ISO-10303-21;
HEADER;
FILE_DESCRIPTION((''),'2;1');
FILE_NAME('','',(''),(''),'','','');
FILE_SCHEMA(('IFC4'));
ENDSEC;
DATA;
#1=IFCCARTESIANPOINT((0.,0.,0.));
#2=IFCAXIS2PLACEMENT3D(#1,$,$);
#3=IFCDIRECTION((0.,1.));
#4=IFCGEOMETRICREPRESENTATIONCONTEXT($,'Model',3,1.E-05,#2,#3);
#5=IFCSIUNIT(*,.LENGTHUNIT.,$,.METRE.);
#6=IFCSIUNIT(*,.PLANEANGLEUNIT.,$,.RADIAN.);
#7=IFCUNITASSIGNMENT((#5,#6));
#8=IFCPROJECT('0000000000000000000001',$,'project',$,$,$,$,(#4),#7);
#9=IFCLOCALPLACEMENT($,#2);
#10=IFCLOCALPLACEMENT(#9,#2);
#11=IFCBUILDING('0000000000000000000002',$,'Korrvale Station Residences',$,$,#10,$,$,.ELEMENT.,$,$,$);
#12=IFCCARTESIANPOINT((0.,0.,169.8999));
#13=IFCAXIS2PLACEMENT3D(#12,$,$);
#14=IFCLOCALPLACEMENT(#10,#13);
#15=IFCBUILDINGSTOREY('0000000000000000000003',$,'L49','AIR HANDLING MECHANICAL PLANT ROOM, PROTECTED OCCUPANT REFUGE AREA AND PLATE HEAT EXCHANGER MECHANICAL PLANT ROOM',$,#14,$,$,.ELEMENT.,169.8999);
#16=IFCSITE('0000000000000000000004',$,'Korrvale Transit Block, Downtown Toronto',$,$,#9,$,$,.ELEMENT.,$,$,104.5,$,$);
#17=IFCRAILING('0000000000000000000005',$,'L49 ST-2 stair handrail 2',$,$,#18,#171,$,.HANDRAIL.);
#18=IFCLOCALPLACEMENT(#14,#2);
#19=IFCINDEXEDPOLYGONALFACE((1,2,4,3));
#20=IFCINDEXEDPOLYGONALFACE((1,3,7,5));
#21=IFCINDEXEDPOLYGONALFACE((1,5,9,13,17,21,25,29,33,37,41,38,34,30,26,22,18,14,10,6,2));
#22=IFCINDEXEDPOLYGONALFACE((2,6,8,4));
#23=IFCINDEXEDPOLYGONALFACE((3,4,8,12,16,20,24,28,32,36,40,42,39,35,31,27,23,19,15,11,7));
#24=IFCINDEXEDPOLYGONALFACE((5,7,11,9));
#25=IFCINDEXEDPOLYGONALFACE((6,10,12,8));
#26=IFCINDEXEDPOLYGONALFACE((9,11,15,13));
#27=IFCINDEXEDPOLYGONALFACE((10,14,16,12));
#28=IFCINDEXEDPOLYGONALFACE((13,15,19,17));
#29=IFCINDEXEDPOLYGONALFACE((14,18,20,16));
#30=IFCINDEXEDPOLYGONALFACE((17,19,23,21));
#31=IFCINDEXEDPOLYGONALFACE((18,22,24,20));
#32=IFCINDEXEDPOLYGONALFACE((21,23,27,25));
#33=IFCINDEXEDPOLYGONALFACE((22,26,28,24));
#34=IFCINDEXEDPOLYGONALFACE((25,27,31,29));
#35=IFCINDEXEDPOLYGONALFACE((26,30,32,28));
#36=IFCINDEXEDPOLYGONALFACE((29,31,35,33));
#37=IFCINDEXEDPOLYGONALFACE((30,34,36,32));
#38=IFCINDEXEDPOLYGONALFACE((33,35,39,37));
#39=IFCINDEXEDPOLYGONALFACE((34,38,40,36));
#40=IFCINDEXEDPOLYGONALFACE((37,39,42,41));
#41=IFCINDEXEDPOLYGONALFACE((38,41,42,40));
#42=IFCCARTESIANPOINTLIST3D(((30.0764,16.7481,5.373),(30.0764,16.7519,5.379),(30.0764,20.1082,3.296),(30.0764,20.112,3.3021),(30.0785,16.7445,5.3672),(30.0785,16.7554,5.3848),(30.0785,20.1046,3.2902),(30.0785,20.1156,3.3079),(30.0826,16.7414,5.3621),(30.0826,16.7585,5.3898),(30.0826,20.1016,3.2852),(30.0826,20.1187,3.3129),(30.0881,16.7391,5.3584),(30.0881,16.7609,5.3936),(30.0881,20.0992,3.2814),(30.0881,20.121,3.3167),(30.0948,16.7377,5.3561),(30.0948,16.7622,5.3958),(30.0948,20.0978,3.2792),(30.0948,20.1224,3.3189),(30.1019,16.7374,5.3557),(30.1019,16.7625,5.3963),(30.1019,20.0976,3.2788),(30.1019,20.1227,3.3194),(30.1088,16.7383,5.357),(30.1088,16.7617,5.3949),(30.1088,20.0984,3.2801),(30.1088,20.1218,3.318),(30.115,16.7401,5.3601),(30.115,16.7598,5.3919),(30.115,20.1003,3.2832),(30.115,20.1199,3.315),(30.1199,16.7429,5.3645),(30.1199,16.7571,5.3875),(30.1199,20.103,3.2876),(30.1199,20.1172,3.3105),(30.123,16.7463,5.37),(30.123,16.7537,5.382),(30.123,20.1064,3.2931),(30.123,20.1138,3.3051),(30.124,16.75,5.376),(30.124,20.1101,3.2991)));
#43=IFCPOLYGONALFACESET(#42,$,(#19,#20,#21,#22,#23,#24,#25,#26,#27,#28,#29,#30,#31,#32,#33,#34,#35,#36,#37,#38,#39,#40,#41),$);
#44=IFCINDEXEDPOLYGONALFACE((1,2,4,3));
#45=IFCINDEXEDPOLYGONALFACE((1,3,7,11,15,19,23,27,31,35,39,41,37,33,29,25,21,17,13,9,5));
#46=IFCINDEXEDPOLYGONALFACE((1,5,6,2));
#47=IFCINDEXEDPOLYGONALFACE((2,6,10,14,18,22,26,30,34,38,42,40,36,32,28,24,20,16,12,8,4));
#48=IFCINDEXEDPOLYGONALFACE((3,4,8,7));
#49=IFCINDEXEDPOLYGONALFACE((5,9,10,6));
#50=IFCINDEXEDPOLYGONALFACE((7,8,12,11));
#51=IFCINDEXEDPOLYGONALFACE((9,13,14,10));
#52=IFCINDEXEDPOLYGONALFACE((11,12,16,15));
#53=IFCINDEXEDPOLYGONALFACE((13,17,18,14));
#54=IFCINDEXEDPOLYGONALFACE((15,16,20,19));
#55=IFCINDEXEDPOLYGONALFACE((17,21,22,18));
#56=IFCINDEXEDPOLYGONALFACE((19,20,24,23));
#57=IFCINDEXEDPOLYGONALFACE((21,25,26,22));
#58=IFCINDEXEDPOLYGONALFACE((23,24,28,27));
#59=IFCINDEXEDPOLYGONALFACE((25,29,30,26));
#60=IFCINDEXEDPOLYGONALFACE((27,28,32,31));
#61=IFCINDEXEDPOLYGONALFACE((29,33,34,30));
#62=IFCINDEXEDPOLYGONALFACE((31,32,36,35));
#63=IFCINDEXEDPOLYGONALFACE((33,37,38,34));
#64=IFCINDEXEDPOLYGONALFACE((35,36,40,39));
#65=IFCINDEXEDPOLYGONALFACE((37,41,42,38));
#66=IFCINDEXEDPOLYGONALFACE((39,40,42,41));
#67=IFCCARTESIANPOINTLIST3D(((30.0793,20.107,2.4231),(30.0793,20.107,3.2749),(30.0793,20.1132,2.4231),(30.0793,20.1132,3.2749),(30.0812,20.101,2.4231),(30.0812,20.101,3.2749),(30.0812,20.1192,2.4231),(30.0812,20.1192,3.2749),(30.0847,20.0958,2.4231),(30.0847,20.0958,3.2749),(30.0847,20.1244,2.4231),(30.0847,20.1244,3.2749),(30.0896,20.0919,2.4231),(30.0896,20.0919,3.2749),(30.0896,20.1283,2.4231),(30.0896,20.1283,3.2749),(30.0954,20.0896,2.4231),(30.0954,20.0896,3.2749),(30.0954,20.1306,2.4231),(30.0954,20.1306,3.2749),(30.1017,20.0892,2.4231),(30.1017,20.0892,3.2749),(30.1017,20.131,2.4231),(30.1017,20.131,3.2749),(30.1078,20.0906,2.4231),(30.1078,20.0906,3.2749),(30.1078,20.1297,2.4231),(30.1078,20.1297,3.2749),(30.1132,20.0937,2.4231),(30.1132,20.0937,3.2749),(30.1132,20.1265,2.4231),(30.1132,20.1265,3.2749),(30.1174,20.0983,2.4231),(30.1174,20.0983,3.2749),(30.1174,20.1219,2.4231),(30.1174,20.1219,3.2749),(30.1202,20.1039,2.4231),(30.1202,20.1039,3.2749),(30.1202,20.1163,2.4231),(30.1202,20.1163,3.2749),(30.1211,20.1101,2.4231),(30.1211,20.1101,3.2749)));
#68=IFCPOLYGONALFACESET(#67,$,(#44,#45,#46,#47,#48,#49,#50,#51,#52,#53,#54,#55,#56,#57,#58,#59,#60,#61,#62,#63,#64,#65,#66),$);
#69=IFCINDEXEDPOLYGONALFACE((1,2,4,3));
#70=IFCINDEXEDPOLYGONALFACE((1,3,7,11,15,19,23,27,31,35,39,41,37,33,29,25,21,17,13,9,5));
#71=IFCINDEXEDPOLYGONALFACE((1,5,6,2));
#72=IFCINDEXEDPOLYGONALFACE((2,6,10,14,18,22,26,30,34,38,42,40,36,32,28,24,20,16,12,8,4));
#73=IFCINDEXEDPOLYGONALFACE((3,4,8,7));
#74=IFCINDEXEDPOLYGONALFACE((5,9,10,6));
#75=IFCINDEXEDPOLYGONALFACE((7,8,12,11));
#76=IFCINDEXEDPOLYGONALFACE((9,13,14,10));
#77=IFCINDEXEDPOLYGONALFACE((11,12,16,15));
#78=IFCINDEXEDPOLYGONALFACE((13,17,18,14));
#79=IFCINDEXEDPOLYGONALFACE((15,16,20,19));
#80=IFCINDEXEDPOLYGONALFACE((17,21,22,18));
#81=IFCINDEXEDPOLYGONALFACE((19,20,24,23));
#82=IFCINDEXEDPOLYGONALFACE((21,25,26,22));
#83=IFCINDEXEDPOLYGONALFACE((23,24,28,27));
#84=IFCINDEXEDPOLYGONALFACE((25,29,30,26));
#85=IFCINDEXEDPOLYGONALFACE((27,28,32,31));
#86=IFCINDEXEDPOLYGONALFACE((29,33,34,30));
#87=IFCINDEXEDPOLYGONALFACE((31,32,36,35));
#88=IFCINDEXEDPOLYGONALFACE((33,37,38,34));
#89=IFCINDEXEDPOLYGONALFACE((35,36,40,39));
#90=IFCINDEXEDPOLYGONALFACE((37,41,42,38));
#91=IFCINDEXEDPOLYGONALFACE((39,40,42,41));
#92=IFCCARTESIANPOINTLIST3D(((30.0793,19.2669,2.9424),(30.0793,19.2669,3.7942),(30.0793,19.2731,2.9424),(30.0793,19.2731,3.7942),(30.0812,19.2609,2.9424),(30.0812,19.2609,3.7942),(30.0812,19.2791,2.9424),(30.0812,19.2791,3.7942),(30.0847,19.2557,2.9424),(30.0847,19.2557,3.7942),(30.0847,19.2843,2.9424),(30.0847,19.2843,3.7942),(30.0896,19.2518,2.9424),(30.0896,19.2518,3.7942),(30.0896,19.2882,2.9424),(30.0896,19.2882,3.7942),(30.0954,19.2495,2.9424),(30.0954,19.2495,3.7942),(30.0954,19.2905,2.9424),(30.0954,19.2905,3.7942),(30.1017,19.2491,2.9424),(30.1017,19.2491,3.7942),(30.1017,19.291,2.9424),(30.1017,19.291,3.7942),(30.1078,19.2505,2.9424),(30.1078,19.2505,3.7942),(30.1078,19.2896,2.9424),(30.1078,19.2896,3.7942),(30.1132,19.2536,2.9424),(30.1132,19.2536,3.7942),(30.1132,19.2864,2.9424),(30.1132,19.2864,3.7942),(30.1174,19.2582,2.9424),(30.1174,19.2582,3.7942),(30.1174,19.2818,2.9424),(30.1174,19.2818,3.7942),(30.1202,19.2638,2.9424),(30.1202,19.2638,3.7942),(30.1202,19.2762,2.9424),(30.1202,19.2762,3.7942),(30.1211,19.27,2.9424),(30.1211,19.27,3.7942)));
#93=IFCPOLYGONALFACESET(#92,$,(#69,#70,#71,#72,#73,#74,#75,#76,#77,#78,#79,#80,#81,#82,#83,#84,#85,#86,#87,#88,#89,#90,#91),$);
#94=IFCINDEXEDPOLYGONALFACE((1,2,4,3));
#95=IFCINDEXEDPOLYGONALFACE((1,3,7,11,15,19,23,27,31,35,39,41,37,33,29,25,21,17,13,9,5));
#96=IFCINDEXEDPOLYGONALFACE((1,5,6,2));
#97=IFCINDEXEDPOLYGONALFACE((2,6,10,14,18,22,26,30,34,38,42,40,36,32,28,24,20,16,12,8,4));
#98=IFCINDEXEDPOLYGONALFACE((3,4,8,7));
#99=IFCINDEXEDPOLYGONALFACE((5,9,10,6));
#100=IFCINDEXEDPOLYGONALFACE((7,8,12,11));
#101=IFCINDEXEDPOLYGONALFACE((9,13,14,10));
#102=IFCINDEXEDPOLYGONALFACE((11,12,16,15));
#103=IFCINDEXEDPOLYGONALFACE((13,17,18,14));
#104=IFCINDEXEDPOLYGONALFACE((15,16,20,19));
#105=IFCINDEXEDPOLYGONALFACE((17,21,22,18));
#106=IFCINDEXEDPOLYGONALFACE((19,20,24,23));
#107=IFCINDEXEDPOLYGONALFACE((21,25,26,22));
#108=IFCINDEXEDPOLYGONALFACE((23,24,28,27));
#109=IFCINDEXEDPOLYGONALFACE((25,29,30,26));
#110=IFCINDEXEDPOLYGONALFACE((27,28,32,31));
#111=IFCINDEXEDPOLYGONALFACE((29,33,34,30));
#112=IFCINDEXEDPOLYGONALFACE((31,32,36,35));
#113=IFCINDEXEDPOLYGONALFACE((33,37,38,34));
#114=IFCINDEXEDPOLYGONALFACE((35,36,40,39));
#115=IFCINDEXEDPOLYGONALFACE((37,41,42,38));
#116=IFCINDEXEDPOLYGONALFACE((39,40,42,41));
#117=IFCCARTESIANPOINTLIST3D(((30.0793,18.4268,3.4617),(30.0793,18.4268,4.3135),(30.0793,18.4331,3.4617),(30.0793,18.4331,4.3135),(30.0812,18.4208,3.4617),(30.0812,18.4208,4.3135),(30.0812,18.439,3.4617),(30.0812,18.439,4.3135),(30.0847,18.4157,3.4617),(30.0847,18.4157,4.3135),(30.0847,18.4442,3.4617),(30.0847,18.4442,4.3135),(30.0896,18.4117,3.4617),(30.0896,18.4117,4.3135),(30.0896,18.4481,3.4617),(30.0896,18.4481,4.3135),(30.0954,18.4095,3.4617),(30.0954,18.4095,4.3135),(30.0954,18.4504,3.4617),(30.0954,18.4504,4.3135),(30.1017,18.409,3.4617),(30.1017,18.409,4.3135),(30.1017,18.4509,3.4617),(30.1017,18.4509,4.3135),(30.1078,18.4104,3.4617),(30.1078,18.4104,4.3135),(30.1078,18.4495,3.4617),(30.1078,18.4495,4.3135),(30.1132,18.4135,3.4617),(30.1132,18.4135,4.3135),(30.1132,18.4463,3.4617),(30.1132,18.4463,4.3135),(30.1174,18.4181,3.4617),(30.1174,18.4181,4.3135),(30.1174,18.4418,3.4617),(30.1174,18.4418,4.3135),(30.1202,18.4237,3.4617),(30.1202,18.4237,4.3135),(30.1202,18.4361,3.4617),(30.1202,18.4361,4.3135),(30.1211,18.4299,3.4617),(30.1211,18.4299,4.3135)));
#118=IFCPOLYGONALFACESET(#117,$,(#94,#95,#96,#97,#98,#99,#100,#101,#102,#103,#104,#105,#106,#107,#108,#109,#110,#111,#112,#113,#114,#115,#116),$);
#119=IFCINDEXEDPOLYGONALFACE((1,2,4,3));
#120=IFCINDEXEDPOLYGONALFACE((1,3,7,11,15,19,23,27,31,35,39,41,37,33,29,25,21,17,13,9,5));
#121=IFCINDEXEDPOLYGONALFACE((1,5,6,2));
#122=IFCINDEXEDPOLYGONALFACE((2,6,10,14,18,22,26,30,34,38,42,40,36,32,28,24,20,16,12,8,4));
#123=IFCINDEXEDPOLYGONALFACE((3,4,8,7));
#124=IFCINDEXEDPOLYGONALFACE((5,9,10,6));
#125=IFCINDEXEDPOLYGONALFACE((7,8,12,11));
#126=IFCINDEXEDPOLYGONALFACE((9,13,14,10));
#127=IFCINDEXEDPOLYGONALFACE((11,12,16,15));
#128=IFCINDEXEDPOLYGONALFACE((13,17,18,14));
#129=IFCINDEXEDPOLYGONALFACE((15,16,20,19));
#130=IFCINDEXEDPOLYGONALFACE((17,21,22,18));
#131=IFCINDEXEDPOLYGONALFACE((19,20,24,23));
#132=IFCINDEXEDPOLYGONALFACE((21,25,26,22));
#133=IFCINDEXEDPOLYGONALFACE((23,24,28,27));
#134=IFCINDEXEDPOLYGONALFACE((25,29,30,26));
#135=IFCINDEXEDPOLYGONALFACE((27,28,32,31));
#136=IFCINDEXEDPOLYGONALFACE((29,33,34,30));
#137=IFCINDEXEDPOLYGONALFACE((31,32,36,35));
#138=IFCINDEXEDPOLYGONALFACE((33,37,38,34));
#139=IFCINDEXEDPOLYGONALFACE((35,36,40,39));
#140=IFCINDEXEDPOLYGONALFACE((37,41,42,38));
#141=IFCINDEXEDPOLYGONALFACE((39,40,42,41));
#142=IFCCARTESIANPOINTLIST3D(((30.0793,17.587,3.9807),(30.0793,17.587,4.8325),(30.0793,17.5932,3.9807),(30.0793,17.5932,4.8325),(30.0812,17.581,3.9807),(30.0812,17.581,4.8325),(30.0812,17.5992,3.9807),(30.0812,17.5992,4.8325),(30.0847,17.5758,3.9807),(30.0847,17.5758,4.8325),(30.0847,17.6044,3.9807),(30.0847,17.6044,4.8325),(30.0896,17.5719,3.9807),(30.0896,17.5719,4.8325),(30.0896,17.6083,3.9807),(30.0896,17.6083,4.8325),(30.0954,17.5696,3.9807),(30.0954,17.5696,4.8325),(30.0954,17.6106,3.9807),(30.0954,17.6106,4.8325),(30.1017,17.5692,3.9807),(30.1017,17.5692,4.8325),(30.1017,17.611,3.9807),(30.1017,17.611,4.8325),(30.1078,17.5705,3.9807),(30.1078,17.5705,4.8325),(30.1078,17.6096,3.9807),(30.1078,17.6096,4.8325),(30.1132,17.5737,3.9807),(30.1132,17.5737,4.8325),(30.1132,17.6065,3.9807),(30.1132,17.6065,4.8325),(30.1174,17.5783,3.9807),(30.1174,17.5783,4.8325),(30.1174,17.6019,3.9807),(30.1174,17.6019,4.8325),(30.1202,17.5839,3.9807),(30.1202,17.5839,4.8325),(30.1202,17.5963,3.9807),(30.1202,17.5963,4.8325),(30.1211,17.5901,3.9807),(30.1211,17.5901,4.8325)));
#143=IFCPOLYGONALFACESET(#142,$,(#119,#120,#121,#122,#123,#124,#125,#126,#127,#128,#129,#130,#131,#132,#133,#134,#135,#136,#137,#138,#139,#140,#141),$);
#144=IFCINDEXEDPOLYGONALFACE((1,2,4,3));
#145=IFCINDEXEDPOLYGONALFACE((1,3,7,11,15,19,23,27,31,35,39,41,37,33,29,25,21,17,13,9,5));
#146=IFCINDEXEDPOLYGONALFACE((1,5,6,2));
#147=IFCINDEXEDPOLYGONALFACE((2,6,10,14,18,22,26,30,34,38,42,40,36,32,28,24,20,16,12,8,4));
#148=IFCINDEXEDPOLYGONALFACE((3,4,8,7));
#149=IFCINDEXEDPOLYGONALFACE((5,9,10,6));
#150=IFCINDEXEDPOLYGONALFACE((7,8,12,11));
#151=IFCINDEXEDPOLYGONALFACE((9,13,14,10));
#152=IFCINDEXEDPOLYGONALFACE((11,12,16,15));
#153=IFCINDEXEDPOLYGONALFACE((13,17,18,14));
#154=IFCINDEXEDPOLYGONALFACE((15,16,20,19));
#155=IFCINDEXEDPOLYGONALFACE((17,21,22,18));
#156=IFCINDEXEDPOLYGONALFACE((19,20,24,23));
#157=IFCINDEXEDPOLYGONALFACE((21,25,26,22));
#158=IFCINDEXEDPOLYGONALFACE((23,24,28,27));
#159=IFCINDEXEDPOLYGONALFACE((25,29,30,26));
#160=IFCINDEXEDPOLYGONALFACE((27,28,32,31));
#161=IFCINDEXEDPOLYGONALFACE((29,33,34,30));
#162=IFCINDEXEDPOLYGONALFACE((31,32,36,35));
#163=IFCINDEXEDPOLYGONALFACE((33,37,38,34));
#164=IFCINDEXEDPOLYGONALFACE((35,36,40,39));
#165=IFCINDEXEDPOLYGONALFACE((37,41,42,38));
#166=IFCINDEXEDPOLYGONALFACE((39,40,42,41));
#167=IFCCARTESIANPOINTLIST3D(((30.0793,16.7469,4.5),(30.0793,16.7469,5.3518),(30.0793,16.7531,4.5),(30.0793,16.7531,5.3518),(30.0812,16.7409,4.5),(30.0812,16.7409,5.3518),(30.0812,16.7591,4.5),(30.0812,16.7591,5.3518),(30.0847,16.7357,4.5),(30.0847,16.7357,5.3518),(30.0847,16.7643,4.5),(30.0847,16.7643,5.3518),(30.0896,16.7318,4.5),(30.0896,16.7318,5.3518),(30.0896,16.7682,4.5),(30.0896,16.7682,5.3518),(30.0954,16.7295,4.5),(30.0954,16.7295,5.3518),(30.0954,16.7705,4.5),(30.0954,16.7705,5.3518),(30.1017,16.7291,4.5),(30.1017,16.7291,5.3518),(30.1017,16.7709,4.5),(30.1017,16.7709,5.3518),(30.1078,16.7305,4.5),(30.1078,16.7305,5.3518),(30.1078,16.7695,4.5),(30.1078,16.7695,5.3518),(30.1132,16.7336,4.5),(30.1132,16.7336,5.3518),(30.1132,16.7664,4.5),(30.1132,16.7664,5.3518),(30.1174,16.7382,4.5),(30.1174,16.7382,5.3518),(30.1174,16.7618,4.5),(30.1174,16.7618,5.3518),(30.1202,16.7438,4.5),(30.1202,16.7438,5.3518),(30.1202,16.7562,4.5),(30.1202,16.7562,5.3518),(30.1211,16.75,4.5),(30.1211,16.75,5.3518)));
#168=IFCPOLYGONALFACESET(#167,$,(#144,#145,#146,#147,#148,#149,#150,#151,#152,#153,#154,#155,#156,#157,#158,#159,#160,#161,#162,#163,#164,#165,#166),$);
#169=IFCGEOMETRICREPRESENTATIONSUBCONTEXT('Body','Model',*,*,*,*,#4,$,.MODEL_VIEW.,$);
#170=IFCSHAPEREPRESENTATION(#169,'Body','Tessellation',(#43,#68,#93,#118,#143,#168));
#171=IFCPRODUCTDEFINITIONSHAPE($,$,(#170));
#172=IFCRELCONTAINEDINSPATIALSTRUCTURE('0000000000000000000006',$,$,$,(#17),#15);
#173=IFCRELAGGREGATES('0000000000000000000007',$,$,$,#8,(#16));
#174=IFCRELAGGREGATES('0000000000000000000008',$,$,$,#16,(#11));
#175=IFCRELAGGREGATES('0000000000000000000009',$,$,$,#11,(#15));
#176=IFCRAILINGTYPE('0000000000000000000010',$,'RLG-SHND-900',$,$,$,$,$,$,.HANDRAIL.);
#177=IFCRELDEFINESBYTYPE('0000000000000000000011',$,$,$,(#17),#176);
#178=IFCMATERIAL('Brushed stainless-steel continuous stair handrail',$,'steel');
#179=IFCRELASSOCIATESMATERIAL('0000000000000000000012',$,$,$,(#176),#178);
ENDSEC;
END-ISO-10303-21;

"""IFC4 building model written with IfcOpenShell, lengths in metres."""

from ifc_helpers import new_model, si_unit, direction, frame, origin, origin_2d, place, context, subcontext, project, spatial, circle, extrude, material, type_object, element, save


model = new_model("IFC4")

# Units and contexts
model_context = context("Model", 3, precision=1e-05, world=origin(), true_north=direction((0.0, 1.0)))
body_context = subcontext(model_context, "Body", "Model", "MODEL_VIEW")
ifc_project = project(units=[si_unit("LENGTHUNIT", "METRE"), si_unit("PLANEANGLEUNIT", "RADIAN")], contexts=[model_context])

# Site, building, storey
site_placement = place(None, origin())
site = spatial("IfcSite", under=ifc_project, at=site_placement, Name="Korrvale Transit Block, Downtown Toronto", CompositionType="ELEMENT", RefElevation=104.5)
building_placement = place(site_placement, origin())
building = spatial("IfcBuilding", under=site, at=building_placement, Name="Korrvale Station Residences", CompositionType="ELEMENT")
storey_placement = place(building_placement, frame((0.0, 0.0, 169.8999)))
storey = spatial("IfcBuildingStorey", under=building, at=storey_placement, Name="L49", Description="AIR HANDLING MECHANICAL PLANT ROOM, PROTECTED OCCUPANT REFUGE AREA AND PLATE HEAT EXCHANGER MECHANICAL PLANT ROOM", CompositionType="ELEMENT", Elevation=169.8999)

# Railing
ifc_material_1 = material(Name="Brushed stainless-steel continuous stair handrail", Category="steel")
railing_type_1 = type_object("IfcRailingType", Name="RLG-SHND-900", PredefinedType="HANDRAIL", material=ifc_material_1)
railing_1_placement = place(storey_placement, frame((30.1001, 20.1101, 2.4231)))
element("IfcRailing", 1, at=railing_1_placement, inside=storey, type_object=railing_type_1, Name="L49 ST-2 stair handrail 2", PredefinedType="HANDRAIL", context=body_context, shape_type="SweptSolid", body=[
    extrude(circle(Radius=0.0239, at=origin_2d()), frame((0.0, 0.0, 0.876), z_axis=(0.0, -0.850623, 0.525776), x_axis=(1.0, 0.0, 0.0)), (0.0, 0.0, 1.0), 3.9502),
    extrude(circle(Radius=0.021, at=origin_2d()), origin(), (0.0, 0.0, 1.0), 0.8518),
    extrude(circle(Radius=0.021, at=origin_2d()), frame((0.0, -0.8401, 0.5193)), (0.0, 0.0, 1.0), 0.8518),
    extrude(circle(Radius=0.021, at=origin_2d()), frame((0.0, -1.6802, 1.0386)), (0.0, 0.0, 1.0), 0.8518),
    extrude(circle(Radius=0.021, at=origin_2d()), frame((0.0, -2.52, 1.5576)), (0.0, 0.0, 1.0), 0.8518),
    extrude(circle(Radius=0.021, at=origin_2d()), frame((0.0, -3.3601, 2.0769)), (0.0, 0.0, 1.0), 0.8518),
])

save(model, "model.ifc")
